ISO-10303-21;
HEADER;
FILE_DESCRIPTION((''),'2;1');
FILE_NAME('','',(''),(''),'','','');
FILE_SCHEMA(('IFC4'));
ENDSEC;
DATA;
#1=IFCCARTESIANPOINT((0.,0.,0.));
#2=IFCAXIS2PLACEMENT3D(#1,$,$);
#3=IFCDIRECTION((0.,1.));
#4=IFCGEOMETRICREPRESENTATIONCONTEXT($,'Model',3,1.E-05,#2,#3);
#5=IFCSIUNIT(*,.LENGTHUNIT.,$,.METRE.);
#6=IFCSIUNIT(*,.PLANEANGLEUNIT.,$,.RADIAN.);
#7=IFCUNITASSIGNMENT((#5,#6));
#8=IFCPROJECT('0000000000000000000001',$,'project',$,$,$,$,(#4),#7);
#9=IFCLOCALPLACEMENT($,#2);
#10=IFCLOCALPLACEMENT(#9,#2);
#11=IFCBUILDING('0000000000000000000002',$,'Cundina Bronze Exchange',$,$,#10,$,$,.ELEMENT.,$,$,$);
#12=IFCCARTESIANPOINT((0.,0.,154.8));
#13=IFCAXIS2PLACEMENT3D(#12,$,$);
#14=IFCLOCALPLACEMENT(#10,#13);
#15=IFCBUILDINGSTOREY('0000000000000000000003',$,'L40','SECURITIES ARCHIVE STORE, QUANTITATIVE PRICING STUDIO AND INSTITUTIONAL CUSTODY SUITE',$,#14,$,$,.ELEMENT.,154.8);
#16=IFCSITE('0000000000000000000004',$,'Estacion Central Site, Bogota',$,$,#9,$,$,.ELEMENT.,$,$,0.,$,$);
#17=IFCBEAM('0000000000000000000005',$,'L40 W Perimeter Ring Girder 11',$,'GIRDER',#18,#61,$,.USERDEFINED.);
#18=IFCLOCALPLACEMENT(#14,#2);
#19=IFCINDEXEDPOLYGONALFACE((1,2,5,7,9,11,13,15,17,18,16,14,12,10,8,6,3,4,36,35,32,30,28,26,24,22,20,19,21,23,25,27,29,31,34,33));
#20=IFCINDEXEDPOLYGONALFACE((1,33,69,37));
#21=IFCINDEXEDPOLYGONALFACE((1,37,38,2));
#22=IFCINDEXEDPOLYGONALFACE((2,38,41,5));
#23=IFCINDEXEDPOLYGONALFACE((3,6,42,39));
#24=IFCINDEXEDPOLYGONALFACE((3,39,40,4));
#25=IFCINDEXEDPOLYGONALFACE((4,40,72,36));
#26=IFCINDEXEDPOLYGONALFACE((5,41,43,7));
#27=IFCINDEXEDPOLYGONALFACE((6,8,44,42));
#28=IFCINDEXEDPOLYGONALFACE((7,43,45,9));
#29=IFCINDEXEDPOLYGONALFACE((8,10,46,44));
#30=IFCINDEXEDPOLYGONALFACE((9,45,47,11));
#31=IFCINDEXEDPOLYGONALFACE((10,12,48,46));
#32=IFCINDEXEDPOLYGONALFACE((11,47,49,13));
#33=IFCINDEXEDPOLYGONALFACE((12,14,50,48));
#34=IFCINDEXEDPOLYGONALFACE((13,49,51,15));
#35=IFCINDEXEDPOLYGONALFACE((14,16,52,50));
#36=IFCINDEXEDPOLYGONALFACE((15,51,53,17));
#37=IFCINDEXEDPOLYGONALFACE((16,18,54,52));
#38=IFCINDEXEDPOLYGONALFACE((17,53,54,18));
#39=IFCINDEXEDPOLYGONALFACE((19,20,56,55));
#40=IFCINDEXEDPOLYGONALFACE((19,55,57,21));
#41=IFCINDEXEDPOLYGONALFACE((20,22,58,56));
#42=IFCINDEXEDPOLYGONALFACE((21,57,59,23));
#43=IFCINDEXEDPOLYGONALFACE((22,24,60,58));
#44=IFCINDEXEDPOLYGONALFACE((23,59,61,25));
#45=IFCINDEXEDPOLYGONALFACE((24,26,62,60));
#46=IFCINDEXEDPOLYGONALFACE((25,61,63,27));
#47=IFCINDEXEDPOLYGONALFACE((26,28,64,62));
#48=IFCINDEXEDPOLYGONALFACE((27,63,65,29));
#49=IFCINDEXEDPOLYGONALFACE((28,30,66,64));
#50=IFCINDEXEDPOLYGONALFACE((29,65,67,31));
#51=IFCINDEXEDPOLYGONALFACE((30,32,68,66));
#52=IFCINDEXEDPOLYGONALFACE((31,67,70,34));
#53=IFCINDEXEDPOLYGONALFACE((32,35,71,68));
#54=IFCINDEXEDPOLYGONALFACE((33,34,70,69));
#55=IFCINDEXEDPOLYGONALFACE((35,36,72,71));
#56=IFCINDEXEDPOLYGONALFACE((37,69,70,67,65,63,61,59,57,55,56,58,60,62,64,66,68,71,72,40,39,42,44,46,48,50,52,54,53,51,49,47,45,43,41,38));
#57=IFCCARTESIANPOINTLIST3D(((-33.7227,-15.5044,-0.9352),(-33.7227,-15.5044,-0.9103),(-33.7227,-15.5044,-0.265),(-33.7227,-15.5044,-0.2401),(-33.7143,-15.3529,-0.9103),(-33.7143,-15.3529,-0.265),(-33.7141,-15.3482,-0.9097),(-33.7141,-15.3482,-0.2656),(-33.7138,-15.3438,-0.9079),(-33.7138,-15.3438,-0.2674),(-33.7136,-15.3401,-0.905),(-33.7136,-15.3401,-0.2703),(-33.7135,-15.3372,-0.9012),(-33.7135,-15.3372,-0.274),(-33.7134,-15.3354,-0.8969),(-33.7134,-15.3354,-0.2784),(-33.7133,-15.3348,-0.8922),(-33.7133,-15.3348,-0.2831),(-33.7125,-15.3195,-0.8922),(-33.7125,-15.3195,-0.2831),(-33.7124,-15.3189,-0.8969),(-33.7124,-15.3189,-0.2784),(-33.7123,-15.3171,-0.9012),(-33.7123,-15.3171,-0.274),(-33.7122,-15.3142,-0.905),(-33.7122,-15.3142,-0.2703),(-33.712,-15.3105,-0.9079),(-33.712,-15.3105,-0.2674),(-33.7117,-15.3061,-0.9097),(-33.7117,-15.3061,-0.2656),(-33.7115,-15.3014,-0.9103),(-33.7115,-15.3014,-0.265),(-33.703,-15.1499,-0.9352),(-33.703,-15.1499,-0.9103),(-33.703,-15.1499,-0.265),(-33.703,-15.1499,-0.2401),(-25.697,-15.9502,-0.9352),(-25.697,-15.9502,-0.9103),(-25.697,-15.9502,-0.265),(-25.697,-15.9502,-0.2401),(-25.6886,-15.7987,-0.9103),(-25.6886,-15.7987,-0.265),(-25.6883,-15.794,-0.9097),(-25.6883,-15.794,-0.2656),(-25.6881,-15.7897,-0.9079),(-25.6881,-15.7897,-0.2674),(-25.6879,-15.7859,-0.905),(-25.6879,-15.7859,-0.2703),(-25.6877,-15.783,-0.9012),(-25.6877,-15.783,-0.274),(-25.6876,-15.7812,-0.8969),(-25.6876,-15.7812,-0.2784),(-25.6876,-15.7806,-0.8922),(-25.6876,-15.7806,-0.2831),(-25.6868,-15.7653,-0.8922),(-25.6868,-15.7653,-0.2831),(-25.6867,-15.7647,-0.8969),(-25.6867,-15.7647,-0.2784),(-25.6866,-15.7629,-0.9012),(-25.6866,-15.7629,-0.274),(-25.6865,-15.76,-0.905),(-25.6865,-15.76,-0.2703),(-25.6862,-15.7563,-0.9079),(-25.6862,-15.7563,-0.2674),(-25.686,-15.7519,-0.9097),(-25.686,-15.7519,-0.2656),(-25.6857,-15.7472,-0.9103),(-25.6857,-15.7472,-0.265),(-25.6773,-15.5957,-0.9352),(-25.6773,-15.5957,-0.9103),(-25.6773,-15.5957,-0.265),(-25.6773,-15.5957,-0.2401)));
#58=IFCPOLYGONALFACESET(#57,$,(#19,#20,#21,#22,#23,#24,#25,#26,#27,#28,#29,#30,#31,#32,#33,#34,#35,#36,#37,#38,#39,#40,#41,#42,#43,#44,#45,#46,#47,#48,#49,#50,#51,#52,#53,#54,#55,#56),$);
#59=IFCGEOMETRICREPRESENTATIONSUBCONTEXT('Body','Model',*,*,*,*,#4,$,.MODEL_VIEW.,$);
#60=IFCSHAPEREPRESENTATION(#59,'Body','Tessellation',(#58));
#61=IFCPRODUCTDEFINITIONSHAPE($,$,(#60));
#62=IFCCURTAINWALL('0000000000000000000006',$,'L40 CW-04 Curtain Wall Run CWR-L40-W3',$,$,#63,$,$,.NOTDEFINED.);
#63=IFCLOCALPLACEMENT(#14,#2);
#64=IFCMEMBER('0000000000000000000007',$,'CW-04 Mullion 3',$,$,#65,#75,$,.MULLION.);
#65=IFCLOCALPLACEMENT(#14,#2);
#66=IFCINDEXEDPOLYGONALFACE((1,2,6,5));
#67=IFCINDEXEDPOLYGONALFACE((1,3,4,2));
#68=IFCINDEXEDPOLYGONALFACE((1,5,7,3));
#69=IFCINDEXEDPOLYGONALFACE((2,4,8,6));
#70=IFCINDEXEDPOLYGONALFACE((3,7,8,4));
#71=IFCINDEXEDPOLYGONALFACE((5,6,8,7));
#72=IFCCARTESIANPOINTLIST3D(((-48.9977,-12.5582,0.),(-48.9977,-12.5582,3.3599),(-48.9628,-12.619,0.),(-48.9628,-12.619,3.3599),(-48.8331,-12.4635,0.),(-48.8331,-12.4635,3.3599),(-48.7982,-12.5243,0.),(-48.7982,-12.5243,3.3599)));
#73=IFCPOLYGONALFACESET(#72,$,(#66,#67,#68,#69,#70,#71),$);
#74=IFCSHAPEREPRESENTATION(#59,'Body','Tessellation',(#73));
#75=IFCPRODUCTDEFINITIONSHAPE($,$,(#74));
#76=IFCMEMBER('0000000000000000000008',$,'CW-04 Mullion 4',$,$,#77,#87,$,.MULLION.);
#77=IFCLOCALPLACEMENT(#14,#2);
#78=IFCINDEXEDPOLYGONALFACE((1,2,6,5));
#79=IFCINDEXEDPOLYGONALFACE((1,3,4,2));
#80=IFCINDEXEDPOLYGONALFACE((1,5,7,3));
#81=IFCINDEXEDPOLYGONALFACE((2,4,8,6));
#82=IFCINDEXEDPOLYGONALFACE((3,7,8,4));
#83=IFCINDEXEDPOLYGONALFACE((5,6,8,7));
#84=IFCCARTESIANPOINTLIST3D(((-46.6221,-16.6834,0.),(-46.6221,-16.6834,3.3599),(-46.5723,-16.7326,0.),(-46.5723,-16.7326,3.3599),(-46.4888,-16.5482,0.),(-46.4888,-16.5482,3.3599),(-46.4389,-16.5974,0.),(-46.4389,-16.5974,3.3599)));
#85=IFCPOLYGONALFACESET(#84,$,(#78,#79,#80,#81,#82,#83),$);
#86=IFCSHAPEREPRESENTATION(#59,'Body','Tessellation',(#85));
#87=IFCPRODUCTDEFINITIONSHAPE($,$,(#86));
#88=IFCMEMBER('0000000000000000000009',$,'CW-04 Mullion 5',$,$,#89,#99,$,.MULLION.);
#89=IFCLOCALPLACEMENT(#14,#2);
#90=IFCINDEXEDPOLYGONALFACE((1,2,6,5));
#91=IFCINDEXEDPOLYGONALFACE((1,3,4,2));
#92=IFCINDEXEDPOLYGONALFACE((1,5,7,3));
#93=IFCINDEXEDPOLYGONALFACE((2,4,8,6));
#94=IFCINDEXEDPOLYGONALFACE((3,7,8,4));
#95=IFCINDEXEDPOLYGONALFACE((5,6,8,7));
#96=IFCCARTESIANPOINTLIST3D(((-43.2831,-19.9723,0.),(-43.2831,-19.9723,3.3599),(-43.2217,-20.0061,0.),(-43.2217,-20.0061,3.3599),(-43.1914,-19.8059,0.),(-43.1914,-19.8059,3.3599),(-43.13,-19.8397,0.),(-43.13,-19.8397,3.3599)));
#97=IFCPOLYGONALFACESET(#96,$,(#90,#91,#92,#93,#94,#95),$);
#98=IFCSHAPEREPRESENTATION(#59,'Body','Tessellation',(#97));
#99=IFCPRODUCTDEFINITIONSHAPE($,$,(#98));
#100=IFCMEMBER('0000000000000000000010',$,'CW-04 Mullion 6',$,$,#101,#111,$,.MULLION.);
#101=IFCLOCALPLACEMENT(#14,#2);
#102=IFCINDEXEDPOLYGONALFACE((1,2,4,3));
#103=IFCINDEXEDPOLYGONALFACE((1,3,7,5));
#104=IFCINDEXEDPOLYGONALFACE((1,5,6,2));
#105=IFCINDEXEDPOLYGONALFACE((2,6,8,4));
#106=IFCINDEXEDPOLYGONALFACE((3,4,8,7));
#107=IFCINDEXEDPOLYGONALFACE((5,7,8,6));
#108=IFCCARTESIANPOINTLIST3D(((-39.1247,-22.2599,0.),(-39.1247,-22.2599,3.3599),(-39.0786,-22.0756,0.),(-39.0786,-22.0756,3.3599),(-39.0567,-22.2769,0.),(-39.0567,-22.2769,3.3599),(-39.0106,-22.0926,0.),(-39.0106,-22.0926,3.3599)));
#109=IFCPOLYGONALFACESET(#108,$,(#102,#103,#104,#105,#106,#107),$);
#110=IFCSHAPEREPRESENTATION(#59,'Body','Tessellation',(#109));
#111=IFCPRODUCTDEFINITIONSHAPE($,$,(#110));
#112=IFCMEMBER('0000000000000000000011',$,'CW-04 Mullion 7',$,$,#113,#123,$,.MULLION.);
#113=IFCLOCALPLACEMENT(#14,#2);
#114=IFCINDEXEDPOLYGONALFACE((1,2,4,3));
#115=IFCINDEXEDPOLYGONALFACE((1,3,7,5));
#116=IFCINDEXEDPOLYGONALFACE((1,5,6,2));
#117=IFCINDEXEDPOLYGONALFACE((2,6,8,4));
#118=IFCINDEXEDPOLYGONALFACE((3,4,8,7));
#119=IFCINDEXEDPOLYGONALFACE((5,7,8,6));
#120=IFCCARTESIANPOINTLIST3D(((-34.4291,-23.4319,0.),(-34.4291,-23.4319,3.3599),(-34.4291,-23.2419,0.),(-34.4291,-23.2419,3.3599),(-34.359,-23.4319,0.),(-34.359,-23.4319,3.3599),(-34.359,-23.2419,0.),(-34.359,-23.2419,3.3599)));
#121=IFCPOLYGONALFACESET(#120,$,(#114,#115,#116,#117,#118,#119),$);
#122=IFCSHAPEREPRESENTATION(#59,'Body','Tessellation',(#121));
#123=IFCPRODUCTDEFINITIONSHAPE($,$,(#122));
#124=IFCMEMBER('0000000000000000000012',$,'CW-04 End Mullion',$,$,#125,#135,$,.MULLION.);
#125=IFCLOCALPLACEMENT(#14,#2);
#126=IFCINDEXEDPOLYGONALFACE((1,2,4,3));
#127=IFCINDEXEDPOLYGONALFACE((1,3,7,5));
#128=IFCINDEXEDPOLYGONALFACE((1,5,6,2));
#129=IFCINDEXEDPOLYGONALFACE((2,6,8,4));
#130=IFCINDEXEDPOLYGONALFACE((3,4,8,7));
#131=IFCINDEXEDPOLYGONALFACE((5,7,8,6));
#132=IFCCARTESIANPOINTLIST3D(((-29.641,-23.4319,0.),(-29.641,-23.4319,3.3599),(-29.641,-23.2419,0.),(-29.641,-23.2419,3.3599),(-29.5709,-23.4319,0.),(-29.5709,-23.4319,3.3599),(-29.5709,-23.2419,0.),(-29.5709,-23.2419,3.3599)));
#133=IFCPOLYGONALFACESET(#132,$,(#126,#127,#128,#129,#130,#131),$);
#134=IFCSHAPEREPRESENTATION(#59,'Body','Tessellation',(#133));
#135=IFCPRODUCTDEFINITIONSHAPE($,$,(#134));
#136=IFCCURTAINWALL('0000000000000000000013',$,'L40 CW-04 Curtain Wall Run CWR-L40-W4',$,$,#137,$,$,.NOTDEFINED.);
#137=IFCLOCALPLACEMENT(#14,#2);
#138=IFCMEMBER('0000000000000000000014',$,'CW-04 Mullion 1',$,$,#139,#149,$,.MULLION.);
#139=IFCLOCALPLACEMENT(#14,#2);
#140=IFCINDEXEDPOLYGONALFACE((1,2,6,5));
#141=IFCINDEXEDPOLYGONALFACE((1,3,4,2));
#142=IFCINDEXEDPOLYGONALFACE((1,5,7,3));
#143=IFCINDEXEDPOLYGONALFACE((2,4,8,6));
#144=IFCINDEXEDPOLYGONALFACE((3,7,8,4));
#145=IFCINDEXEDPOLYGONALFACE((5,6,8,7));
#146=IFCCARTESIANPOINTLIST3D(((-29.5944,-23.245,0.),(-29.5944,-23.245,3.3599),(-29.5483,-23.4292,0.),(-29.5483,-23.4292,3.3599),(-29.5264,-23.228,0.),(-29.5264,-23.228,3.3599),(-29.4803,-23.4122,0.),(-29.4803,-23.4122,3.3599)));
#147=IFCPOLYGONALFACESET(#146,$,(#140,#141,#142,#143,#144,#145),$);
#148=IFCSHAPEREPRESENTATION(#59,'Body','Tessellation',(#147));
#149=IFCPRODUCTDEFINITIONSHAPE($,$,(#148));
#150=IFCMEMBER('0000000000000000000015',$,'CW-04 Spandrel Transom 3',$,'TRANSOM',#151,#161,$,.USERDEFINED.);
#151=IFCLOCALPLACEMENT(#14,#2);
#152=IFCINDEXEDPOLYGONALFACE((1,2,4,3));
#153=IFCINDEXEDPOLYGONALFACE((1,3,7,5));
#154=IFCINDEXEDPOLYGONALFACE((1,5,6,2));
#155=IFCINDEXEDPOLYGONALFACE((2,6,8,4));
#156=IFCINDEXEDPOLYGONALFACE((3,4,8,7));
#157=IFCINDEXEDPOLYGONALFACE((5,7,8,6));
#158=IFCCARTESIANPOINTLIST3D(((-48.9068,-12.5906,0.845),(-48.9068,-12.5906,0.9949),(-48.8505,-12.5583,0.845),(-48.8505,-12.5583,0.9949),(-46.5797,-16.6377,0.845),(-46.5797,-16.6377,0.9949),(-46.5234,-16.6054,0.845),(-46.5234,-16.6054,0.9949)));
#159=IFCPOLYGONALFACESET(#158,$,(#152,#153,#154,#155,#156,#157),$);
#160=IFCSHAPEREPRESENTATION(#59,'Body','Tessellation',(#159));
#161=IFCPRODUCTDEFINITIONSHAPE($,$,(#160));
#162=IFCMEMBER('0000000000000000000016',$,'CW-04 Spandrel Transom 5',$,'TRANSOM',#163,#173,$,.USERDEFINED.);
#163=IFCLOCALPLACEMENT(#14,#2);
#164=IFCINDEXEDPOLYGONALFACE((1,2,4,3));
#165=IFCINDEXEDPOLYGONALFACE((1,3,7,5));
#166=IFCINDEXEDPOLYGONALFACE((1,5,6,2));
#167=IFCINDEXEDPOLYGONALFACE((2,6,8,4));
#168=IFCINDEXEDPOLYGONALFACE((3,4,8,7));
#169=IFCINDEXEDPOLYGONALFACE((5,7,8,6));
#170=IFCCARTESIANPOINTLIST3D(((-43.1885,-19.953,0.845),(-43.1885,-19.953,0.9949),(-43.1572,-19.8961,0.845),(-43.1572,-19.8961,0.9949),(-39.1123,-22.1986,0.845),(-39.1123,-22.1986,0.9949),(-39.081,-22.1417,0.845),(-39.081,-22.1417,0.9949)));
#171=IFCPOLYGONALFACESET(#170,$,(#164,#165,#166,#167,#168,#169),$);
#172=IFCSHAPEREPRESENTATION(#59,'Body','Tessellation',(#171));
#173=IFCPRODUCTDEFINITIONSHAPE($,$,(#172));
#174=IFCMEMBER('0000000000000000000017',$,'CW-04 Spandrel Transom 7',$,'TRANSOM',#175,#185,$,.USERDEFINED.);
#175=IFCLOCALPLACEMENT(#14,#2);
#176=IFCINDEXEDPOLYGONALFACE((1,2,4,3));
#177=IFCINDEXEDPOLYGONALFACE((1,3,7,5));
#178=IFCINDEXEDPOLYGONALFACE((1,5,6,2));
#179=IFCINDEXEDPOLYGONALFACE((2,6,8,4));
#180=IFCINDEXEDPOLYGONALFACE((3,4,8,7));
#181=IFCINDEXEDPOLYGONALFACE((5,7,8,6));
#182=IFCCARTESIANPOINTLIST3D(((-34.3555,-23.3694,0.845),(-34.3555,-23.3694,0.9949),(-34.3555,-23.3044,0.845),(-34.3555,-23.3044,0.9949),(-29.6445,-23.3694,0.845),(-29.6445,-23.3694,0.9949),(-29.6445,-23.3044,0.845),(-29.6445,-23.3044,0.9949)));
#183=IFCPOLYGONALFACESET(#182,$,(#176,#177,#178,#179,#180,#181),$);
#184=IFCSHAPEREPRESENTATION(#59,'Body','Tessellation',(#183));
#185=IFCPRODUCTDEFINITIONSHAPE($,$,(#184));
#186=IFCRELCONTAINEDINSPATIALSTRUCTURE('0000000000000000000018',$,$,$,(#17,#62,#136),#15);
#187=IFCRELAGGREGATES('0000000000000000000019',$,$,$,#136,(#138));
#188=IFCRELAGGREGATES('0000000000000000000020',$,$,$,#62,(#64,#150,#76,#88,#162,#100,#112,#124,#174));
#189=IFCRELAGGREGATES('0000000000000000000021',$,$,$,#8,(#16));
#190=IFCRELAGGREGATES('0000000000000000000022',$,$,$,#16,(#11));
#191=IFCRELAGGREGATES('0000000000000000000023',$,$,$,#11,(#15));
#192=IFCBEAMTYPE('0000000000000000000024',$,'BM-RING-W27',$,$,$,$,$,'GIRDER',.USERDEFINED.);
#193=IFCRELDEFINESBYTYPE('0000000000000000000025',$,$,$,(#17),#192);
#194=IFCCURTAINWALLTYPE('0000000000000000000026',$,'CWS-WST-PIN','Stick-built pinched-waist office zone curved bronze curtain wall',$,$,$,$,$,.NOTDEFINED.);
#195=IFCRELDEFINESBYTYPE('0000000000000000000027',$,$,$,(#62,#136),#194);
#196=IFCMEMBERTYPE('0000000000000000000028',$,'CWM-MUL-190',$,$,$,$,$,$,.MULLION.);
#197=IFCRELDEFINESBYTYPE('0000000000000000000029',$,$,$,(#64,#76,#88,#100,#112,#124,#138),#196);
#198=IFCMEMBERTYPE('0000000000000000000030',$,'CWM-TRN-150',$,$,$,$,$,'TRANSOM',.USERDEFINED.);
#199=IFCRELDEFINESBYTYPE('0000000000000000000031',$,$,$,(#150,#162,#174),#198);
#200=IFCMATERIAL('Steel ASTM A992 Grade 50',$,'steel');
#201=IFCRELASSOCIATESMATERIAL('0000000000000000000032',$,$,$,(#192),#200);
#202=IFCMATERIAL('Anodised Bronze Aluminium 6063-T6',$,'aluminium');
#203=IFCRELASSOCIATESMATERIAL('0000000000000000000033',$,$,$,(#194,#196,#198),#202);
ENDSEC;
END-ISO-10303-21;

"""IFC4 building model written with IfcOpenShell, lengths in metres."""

from ifc_helpers import new_model, si_unit, direction, frame, origin, origin_2d, place, context, subcontext, project, spatial, rectangle, i_section, extrude, material, material_profile, profile_set, type_object, element, aggregate, save


model = new_model("IFC4")

# Units and contexts
model_context = context("Model", 3, precision=1e-05, world=origin(), true_north=direction((0.0, 1.0)))
body_context = subcontext(model_context, "Body", "Model", "MODEL_VIEW")
ifc_project = project(units=[si_unit("LENGTHUNIT", "METRE"), si_unit("PLANEANGLEUNIT", "RADIAN")], contexts=[model_context])

# Site, building, storey
site_placement = place(None, origin())
site = spatial("IfcSite", under=ifc_project, at=site_placement, Name="Estacion Central Site, Bogota", CompositionType="ELEMENT", RefElevation=0.0)
building_placement = place(site_placement, origin())
building = spatial("IfcBuilding", under=site, at=building_placement, Name="Cundina Bronze Exchange", CompositionType="ELEMENT")
storey_placement = place(building_placement, frame((0.0, 0.0, 154.8)))
storey = spatial("IfcBuildingStorey", under=building, at=storey_placement, Name="L40", Description="SECURITIES ARCHIVE STORE, QUANTITATIVE PRICING STUDIO AND INSTITUTIONAL CUSTODY SUITE", CompositionType="ELEMENT", Elevation=154.8)

# Beam
ifc_material_1 = material(Name="Steel ASTM A992 Grade 50", Category="steel")
ifc_material_profile_1 = material_profile(ifc_material_1, i_section(OverallWidth=0.355, OverallDepth=0.6951, WebThickness=0.0154, FlangeThickness=0.0249, FilletRadius=0.0181, at=origin_2d()), Name="W27X146", Category="steel")
ifc_profile_set_1 = profile_set([ifc_material_profile_1], Name="Steel ASTM A992 Grade 50")
beam_type_1 = type_object("IfcBeamType", Name="BM-RING-W27", ElementType="GIRDER", PredefinedType="USERDEFINED", material=ifc_profile_set_1)
for number, where, z_axis, x_axis, name in (
    (1, (-33.7129, -15.3271, -0.5876), (0.998461, -0.055462, 0.0), (0.055462, 0.998461, 0.0), "L40 W Perimeter Ring Girder 11"),
):
    element("IfcBeam", number, at=place(storey_placement, frame(where, z_axis=z_axis, x_axis=x_axis)), inside=storey, type_object=beam_type_1, Name=name, ObjectType="GIRDER", PredefinedType="USERDEFINED", context=body_context, shape_type="SweptSolid", body=[
        extrude(i_section(OverallWidth=0.355, OverallDepth=0.6951, WebThickness=0.0154, FlangeThickness=0.0249, FilletRadius=0.0181, at=origin_2d()), origin(), (0.0, 0.0, 1.0), 8.0381),
    ])

# Curtain wall, members
ifc_material_2 = material(Name="Anodised Bronze Aluminium 6063-T6", Category="aluminium")
curtain_wall_type = type_object("IfcCurtainWallType", Name="CWS-WST-PIN", Description="Stick-built pinched-waist office zone curved bronze curtain wall", PredefinedType="NOTDEFINED", material=ifc_material_2)
curtain_wall_1_placement = place(storey_placement, origin())
curtain_wall_1 = element("IfcCurtainWall", 2, at=curtain_wall_1_placement, inside=storey, type_object=curtain_wall_type, Name="L40 CW-04 Curtain Wall Run CWR-L40-W3", PredefinedType="NOTDEFINED")
ifc_material_profile_2 = material_profile(ifc_material_2, rectangle(XDim=0.0701, YDim=0.1899, at=origin_2d()), Name="AL70X190", Category="aluminium")
ifc_profile_set_2 = profile_set([ifc_material_profile_2], Name="Anodised Bronze Aluminium 6063-T6")
member_type_1 = type_object("IfcMemberType", Name="CWM-MUL-190", PredefinedType="MULLION", material=ifc_profile_set_2)
member_1_placement = place(storey_placement, frame((-48.8979, -12.5413, 0.0), z_axis=(0.0, 0.0, 1.0), x_axis=(0.498488, -0.866897, 0.0)))
member_1 = element("IfcMember", 3, at=member_1_placement, type_object=member_type_1, Name="CW-04 Mullion 3", PredefinedType="MULLION", context=body_context, shape_type="SweptSolid", body=[
    extrude(rectangle(XDim=0.0701, YDim=0.1899, at=origin_2d()), origin(), (0.0, 0.0, 1.0), 3.3599),
])
member_2_placement = place(storey_placement, frame((-46.5305, -16.6404, 0.0), z_axis=(0.0, 0.0, 1.0), x_axis=(0.712026, -0.702153, 0.0)))
member_2 = element("IfcMember", 4, at=member_2_placement, type_object=member_type_1, Name="CW-04 Mullion 4", PredefinedType="MULLION", context=body_context, shape_type="SweptSolid", body=[
    extrude(rectangle(XDim=0.0701, YDim=0.1899, at=origin_2d()), origin(), (0.0, 0.0, 1.0), 3.3599),
])
member_3_placement = place(storey_placement, frame((-43.2065, -19.906, 0.0), z_axis=(0.0, 0.0, 1.0), x_axis=(0.875886, -0.482518, 0.0)))
member_3 = element("IfcMember", 5, at=member_3_placement, type_object=member_type_1, Name="CW-04 Mullion 5", PredefinedType="MULLION", context=body_context, shape_type="SweptSolid", body=[
    extrude(rectangle(XDim=0.0701, YDim=0.1899, at=origin_2d()), origin(), (0.0, 0.0, 1.0), 3.3599),
])
member_4_placement = place(storey_placement, frame((-39.0676, -22.1763, 0.0), z_axis=(0.0, 0.0, 1.0), x_axis=(0.970084, -0.242769, 0.0)))
member_4 = element("IfcMember", 6, at=member_4_placement, type_object=member_type_1, Name="CW-04 Mullion 6", PredefinedType="MULLION", context=body_context, shape_type="SweptSolid", body=[
    extrude(rectangle(XDim=0.0701, YDim=0.1899, at=origin_2d()), origin(), (0.0, 0.0, 1.0), 3.3599),
])
member_5_placement = place(storey_placement, frame((-34.394, -23.3369, 0.0), z_axis=(0.0, 0.0, 1.0), x_axis=(1.0, 0.0, 0.0)))
member_5 = element("IfcMember", 7, at=member_5_placement, type_object=member_type_1, Name="CW-04 Mullion 7", PredefinedType="MULLION", context=body_context, shape_type="SweptSolid", body=[
    extrude(rectangle(XDim=0.0701, YDim=0.1899, at=origin_2d()), origin(), (0.0, 0.0, 1.0), 3.3599),
])
member_6_placement = place(storey_placement, frame((-29.606, -23.3369, 0.0), z_axis=(0.0, 0.0, 1.0), x_axis=(1.0, 0.0, 0.0)))
member_6 = element("IfcMember", 8, at=member_6_placement, type_object=member_type_1, Name="CW-04 End Mullion", PredefinedType="MULLION", context=body_context, shape_type="SweptSolid", body=[
    extrude(rectangle(XDim=0.0701, YDim=0.1899, at=origin_2d()), origin(), (0.0, 0.0, 1.0), 3.3599),
])

# Curtain wall, member
curtain_wall_2_placement = place(storey_placement, origin())
curtain_wall_2 = element("IfcCurtainWall", 9, at=curtain_wall_2_placement, inside=storey, type_object=curtain_wall_type, Name="L40 CW-04 Curtain Wall Run CWR-L40-W4", PredefinedType="NOTDEFINED")
member_7_placement = place(storey_placement, frame((-29.5374, -23.3286, 0.0), z_axis=(0.0, 0.0, 1.0), x_axis=(0.970084, 0.242769, 0.0)))
member_7 = element("IfcMember", 10, at=member_7_placement, type_object=member_type_1, Name="CW-04 Mullion 1", PredefinedType="MULLION", context=body_context, shape_type="SweptSolid", body=[
    extrude(rectangle(XDim=0.0701, YDim=0.1899, at=origin_2d()), origin(), (0.0, 0.0, 1.0), 3.3599),
])
aggregate(curtain_wall_2, [member_7])

# Members
ifc_material_profile_3 = material_profile(ifc_material_2, rectangle(XDim=0.0649, YDim=0.1499, at=origin_2d()), Name="AL65X150", Category="aluminium")
ifc_profile_set_3 = profile_set([ifc_material_profile_3], Name="Anodised Bronze Aluminium 6063-T6")
member_type_2 = type_object("IfcMemberType", Name="CWM-TRN-150", ElementType="TRANSOM", PredefinedType="USERDEFINED", material=ifc_profile_set_3)
member_8_placement = place(storey_placement, frame((-48.8787, -12.5745, 0.9199), z_axis=(0.49848, -0.866901, 0.0), x_axis=(0.866901, 0.49848, 0.0)))
member_8 = element("IfcMember", 11, at=member_8_placement, type_object=member_type_2, Name="CW-04 Spandrel Transom 3", ObjectType="TRANSOM", PredefinedType="USERDEFINED", context=body_context, shape_type="SweptSolid", body=[
    extrude(rectangle(XDim=0.0649, YDim=0.1499, at=origin_2d()), origin(), (0.0, 0.0, 1.0), 4.6685),
])
member_9_placement = place(storey_placement, frame((-43.1729, -19.9246, 0.9199), z_axis=(0.875879, -0.482531, 0.0), x_axis=(0.482531, 0.875879, 0.0)))
member_9 = element("IfcMember", 12, at=member_9_placement, type_object=member_type_2, Name="CW-04 Spandrel Transom 5", ObjectType="TRANSOM", PredefinedType="USERDEFINED", context=body_context, shape_type="SweptSolid", body=[
    extrude(rectangle(XDim=0.0649, YDim=0.1499, at=origin_2d()), origin(), (0.0, 0.0, 1.0), 4.6538),
])
member_10_placement = place(storey_placement, frame((-34.3555, -23.3369, 0.9199), z_axis=(1.0, 0.0, 0.0), x_axis=(0.0, 1.0, 0.0)))
member_10 = element("IfcMember", 13, at=member_10_placement, type_object=member_type_2, Name="CW-04 Spandrel Transom 7", ObjectType="TRANSOM", PredefinedType="USERDEFINED", context=body_context, shape_type="SweptSolid", body=[
    extrude(rectangle(XDim=0.0649, YDim=0.1499, at=origin_2d()), origin(), (0.0, 0.0, 1.0), 4.7109),
])

aggregate(curtain_wall_1, [member_1, member_8, member_2, member_3, member_9, member_4, member_5, member_6, member_10])

save(model, "model.ifc")
